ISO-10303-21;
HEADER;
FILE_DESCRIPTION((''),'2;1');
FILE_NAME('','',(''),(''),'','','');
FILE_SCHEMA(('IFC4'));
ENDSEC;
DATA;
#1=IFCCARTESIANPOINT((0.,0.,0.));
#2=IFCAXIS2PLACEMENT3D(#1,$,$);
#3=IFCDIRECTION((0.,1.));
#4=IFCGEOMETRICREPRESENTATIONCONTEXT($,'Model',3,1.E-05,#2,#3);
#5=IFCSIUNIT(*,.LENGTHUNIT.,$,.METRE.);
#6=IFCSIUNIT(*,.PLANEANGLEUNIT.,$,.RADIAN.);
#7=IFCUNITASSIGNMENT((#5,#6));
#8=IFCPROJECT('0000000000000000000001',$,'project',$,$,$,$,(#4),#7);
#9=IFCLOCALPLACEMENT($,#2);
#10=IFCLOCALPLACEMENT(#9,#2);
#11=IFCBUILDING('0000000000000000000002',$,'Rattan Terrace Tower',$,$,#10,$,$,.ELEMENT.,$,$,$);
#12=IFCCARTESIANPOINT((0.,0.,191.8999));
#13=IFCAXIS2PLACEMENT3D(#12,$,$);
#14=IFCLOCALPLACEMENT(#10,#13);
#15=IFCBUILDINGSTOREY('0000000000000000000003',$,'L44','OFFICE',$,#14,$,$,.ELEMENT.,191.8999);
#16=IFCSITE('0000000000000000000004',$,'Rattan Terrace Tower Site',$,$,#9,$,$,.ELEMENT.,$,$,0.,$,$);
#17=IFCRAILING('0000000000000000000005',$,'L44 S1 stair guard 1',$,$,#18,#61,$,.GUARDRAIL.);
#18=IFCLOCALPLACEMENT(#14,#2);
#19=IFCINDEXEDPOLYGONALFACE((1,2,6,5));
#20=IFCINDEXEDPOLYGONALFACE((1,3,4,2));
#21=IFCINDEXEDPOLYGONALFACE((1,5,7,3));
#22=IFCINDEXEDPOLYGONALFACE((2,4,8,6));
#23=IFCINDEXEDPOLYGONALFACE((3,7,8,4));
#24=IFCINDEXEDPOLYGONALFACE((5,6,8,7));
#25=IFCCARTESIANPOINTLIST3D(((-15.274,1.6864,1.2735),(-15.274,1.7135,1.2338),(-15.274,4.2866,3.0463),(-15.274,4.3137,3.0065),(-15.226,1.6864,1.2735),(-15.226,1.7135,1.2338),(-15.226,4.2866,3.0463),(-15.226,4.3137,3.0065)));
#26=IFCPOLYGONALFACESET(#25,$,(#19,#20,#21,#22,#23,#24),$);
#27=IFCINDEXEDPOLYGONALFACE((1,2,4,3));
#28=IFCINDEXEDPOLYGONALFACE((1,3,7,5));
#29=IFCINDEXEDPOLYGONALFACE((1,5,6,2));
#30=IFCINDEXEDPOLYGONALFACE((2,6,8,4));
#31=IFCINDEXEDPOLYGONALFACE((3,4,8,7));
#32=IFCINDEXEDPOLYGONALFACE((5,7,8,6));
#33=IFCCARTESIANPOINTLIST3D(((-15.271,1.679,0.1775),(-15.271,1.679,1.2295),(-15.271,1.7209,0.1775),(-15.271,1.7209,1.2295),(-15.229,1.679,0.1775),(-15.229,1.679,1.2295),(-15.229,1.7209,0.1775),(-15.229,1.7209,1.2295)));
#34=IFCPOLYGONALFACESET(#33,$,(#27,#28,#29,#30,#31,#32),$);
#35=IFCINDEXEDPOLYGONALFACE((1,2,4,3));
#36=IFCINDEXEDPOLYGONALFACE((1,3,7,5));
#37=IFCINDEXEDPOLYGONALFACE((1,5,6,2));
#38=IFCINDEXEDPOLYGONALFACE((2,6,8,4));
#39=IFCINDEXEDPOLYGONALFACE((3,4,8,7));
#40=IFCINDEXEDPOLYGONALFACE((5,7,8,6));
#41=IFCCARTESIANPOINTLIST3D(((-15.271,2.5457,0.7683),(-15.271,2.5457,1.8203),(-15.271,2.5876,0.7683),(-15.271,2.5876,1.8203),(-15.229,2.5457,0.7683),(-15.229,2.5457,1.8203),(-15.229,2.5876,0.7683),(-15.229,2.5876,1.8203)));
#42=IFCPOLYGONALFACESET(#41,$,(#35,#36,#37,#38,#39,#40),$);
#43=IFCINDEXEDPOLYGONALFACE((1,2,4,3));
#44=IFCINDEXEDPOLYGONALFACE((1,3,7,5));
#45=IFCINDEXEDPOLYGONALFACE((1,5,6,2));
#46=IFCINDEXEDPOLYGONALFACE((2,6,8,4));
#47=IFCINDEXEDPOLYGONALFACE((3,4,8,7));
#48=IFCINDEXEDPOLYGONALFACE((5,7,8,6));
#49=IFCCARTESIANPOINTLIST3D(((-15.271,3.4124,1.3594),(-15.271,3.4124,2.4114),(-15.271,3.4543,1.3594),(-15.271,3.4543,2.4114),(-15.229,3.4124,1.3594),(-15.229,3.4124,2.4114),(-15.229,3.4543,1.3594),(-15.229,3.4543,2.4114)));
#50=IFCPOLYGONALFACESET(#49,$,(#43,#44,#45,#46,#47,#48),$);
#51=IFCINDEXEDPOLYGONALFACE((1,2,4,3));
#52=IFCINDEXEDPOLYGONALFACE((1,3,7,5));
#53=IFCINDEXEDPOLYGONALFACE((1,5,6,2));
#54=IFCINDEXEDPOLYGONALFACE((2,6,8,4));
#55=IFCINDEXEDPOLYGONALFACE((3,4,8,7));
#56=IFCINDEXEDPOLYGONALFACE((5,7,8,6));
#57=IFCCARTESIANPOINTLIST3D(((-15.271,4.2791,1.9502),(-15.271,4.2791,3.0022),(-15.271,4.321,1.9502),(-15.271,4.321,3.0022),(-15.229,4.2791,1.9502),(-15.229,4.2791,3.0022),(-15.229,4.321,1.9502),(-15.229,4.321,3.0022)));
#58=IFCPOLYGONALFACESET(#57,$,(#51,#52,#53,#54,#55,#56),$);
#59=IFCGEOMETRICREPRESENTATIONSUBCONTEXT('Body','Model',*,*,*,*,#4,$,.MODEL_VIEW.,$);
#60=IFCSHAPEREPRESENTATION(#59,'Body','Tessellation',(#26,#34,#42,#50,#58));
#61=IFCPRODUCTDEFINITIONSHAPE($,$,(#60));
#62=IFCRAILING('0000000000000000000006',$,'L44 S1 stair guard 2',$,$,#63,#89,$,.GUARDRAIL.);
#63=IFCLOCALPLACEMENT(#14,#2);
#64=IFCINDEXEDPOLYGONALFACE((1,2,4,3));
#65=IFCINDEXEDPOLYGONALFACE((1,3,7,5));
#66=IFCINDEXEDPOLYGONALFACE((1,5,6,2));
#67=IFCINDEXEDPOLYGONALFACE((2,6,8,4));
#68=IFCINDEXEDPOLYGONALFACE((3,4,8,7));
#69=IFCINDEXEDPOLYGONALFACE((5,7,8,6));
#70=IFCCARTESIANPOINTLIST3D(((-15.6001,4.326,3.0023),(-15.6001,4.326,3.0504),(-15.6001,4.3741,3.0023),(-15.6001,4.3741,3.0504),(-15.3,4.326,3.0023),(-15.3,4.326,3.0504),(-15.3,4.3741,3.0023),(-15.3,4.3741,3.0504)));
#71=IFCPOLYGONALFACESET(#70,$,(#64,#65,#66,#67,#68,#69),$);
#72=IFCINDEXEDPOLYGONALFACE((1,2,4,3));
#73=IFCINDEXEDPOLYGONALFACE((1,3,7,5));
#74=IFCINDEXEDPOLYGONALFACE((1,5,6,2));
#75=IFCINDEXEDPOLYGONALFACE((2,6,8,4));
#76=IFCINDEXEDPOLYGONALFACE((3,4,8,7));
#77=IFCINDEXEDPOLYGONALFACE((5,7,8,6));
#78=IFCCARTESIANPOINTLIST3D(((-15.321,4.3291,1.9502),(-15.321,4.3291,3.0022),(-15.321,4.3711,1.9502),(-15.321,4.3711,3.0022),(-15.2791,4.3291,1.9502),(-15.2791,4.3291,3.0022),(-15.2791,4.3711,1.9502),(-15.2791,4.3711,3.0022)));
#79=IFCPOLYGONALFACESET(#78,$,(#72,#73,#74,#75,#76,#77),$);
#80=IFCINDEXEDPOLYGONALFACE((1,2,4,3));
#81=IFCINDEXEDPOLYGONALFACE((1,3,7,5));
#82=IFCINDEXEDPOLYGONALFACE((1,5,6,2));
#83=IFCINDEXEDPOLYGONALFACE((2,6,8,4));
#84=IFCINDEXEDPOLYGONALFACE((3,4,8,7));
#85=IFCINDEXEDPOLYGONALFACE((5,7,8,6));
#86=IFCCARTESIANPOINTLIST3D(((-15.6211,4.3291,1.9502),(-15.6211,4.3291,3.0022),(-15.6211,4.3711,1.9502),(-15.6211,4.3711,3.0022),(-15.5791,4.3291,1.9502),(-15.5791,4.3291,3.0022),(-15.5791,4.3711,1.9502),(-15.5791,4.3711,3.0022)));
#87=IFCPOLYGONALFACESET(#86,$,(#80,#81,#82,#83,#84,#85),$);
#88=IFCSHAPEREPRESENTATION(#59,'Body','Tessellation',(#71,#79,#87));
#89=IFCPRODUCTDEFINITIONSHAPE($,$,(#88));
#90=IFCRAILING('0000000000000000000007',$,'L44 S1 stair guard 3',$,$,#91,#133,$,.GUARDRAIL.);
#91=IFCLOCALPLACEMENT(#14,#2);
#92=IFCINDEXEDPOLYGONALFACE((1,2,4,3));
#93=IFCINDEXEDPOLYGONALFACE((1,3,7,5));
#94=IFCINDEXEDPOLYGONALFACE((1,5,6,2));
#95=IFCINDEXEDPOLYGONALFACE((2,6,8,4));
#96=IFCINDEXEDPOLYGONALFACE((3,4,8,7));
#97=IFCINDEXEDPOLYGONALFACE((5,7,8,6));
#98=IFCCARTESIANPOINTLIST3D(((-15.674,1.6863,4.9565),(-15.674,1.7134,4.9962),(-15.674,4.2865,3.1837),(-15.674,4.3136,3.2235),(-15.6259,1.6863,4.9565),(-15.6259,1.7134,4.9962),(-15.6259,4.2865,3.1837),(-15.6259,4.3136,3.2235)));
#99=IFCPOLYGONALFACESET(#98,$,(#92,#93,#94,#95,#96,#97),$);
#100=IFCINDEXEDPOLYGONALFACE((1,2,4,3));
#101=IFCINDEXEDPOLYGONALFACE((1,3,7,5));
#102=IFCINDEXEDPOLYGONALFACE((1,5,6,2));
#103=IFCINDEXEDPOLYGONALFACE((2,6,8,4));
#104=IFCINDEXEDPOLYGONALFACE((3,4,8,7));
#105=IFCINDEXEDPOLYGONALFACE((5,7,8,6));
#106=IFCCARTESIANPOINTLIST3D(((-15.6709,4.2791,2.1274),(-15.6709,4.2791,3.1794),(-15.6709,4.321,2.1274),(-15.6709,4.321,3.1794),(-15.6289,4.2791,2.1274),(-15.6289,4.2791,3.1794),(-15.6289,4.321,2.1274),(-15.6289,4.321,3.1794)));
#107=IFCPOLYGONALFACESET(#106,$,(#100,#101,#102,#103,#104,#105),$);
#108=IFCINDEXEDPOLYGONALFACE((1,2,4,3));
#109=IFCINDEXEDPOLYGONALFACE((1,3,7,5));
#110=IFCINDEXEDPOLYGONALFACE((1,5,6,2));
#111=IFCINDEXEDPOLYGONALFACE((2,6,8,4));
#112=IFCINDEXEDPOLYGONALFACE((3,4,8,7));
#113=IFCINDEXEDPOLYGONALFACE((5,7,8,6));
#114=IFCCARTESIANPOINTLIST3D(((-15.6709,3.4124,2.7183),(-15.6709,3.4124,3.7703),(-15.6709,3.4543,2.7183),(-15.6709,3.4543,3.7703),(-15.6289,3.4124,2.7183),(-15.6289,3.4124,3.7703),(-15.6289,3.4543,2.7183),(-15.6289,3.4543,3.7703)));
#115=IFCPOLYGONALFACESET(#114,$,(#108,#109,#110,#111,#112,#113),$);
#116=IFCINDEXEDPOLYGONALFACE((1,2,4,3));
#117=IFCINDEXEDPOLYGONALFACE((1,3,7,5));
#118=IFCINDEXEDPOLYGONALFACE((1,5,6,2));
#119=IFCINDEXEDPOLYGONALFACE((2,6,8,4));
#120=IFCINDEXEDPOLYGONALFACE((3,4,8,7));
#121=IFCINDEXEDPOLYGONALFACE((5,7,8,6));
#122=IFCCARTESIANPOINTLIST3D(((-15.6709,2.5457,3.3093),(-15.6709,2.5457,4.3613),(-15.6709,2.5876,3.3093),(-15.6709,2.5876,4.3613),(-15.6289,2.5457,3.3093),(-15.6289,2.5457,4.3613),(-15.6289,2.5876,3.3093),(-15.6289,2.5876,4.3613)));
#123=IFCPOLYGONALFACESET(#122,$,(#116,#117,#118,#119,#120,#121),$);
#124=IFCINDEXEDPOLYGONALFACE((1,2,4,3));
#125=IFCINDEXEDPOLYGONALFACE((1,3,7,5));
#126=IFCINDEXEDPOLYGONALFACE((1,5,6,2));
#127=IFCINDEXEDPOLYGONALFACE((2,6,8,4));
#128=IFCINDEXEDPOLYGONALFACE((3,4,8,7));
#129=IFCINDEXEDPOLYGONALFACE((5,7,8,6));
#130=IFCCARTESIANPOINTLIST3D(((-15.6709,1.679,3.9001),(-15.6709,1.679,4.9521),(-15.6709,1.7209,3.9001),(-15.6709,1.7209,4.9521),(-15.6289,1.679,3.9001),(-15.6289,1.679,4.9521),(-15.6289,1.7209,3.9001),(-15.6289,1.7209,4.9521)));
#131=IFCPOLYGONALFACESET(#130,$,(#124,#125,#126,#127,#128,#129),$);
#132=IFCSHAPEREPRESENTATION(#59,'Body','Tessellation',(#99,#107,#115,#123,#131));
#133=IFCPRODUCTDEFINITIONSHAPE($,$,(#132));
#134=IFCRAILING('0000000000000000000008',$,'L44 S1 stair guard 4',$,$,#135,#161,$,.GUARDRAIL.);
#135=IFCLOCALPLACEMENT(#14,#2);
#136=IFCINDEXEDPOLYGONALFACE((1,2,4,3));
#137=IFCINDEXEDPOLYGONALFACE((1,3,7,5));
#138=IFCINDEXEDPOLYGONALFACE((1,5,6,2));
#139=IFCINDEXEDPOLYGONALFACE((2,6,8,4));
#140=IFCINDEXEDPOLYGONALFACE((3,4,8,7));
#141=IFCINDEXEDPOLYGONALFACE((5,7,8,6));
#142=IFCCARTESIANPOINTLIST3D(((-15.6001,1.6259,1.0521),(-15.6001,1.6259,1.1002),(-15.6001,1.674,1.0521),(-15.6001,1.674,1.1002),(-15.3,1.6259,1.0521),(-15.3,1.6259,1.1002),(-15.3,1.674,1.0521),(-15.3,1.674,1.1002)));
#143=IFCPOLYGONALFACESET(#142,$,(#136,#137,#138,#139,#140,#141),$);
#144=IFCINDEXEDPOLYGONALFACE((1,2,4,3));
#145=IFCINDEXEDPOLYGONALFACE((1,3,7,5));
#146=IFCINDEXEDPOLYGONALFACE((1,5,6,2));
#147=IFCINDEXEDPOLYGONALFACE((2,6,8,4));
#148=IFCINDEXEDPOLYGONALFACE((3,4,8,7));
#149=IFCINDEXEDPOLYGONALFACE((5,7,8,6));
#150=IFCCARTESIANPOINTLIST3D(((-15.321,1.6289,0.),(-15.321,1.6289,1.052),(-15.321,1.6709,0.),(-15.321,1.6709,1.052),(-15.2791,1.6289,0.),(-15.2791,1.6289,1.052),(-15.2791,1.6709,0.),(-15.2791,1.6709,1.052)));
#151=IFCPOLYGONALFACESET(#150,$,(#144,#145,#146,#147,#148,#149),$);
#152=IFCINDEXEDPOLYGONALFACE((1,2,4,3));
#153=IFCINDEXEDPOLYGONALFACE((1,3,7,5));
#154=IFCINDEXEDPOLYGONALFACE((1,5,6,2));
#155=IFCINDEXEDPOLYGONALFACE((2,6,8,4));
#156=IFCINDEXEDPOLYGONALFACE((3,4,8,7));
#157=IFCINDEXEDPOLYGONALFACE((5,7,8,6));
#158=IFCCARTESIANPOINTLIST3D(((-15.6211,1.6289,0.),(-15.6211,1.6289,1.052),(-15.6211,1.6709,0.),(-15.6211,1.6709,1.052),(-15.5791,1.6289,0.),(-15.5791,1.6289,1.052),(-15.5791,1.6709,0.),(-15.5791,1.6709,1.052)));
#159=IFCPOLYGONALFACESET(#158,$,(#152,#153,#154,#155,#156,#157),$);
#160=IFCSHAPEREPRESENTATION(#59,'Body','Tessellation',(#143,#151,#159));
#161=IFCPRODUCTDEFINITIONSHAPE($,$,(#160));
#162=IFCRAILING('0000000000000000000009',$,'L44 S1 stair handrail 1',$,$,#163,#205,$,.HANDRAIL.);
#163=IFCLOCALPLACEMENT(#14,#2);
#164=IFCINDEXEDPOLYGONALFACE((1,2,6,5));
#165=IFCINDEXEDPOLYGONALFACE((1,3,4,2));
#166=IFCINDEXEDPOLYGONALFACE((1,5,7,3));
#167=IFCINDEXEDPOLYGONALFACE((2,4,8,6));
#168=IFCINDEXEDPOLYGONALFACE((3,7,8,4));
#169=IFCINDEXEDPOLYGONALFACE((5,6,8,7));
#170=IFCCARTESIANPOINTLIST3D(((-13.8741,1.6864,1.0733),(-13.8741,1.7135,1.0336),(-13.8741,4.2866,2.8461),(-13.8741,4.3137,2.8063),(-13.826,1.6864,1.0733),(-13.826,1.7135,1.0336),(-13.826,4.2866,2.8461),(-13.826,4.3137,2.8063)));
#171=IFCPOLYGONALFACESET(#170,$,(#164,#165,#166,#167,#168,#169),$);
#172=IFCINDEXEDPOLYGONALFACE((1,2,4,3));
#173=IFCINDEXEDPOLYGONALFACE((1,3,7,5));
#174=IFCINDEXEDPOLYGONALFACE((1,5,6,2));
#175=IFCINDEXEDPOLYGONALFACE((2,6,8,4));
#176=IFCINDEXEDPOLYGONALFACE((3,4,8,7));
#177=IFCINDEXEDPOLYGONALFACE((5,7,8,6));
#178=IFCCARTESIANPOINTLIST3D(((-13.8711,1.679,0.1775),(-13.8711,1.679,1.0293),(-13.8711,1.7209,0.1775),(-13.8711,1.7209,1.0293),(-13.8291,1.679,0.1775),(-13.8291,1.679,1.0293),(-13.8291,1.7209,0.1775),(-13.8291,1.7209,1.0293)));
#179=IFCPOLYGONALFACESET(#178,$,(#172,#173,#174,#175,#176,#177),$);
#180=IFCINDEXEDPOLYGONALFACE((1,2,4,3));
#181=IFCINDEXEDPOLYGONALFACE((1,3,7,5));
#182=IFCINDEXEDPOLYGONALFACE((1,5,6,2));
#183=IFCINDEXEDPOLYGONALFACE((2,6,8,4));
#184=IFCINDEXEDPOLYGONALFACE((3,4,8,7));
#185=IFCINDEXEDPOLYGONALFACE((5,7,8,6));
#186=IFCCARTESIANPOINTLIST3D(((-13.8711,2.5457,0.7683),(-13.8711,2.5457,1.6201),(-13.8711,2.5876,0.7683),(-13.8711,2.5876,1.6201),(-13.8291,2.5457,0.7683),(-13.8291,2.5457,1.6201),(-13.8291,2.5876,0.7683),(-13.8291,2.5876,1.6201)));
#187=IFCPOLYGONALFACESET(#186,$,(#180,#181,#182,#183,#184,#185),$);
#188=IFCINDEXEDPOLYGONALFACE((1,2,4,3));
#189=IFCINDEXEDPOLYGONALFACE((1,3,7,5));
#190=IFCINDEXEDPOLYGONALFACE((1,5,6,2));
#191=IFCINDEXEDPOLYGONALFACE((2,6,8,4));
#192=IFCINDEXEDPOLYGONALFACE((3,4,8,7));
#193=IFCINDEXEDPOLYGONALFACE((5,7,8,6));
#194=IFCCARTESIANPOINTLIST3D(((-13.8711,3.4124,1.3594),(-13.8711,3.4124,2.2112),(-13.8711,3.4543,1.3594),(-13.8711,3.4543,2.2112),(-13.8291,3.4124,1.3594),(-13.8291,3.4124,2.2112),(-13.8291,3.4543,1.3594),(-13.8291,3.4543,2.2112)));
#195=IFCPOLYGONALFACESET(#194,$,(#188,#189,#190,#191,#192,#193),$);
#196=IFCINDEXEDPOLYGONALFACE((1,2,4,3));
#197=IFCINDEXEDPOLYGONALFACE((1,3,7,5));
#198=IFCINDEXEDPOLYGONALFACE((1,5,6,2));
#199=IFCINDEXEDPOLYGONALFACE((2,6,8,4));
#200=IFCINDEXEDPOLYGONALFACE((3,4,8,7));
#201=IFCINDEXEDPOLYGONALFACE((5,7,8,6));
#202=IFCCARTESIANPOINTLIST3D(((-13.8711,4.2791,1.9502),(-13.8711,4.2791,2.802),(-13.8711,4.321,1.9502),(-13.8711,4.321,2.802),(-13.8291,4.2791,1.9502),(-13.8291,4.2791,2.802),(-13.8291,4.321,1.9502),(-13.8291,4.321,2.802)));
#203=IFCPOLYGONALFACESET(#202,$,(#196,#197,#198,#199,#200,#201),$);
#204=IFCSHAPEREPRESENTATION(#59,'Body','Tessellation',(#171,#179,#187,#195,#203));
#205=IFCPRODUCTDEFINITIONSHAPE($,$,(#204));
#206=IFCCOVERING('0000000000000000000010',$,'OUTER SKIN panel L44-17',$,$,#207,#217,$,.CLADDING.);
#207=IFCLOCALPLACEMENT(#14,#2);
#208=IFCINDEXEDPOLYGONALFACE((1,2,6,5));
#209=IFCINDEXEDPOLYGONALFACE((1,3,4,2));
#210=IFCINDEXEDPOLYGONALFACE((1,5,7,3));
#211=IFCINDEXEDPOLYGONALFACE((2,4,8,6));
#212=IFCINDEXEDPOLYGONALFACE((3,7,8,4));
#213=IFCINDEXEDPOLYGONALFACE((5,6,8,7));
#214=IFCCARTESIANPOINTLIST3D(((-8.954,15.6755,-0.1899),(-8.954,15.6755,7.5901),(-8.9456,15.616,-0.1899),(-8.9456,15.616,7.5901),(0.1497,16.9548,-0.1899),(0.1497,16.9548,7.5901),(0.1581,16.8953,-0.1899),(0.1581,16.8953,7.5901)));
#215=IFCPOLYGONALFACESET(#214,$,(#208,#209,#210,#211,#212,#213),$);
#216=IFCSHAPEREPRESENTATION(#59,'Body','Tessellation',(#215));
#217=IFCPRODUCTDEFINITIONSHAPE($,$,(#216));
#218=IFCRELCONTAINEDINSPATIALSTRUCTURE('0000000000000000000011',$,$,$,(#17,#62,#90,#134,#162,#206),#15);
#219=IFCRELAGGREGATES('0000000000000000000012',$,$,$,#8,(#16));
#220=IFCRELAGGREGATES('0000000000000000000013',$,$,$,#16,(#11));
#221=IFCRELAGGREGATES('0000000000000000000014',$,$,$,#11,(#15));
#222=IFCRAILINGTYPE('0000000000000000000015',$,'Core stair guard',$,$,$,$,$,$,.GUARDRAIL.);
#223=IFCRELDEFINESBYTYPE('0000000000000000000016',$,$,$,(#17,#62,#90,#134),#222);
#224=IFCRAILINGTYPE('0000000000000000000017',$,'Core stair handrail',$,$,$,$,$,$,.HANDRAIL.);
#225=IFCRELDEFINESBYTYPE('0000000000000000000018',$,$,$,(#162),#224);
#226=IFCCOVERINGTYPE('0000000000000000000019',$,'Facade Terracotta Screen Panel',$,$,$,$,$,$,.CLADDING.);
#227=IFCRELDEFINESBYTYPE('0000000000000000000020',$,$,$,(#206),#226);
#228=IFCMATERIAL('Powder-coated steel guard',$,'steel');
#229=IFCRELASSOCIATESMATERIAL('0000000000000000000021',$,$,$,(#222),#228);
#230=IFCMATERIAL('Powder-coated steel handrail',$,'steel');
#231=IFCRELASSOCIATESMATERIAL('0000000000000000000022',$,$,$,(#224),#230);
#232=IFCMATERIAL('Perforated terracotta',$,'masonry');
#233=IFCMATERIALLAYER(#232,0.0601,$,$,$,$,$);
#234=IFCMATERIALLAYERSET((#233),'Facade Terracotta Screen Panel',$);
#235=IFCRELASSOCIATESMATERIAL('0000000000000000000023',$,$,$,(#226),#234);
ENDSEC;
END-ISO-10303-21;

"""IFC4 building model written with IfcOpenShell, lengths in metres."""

from ifc_helpers import new_model, si_unit, direction, frame, origin, origin_2d, place, context, subcontext, project, spatial, rectangle, extrude, material, layer, layer_set, type_object, element, save


model = new_model("IFC4")

# Units and contexts
model_context = context("Model", 3, precision=1e-05, world=origin(), true_north=direction((0.0, 1.0)))
body_context = subcontext(model_context, "Body", "Model", "MODEL_VIEW")
ifc_project = project(units=[si_unit("LENGTHUNIT", "METRE"), si_unit("PLANEANGLEUNIT", "RADIAN")], contexts=[model_context])

# Site, building, storey
site_placement = place(None, origin())
site = spatial("IfcSite", under=ifc_project, at=site_placement, Name="Rattan Terrace Tower Site", CompositionType="ELEMENT", RefElevation=0.0)
building_placement = place(site_placement, origin())
building = spatial("IfcBuilding", under=site, at=building_placement, Name="Rattan Terrace Tower", CompositionType="ELEMENT")
storey_placement = place(building_placement, frame((0.0, 0.0, 191.8999)))
storey = spatial("IfcBuildingStorey", under=building, at=storey_placement, Name="L44", Description="OFFICE", CompositionType="ELEMENT", Elevation=191.8999)

# Railings
ifc_material_1 = material(Name="Powder-coated steel guard", Category="steel")
railing_type_1 = type_object("IfcRailingType", Name="Core stair guard", PredefinedType="GUARDRAIL", material=ifc_material_1)
railing_1_placement = place(storey_placement, frame((-15.25, 1.7, 0.1775)))
element("IfcRailing", 1, at=railing_1_placement, inside=storey, type_object=railing_type_1, Name="L44 S1 stair guard 1", PredefinedType="GUARDRAIL", context=body_context, shape_type="SweptSolid", body=[
    extrude(rectangle(XDim=0.0481, YDim=0.0481, at=origin_2d()), frame((0.0, 0.0, 1.0762), z_axis=(0.0, 0.82624, 0.563318), x_axis=(-1.0, 0.0, 0.0)), (0.0, 0.0, 1.0), 3.147),
    extrude(rectangle(XDim=0.042, YDim=0.042, at=origin_2d()), origin(), (0.0, 0.0, 1.0), 1.052),
    extrude(rectangle(XDim=0.042, YDim=0.042, at=origin_2d()), frame((0.0, 0.8667, 0.5908)), (0.0, 0.0, 1.0), 1.052),
    extrude(rectangle(XDim=0.042, YDim=0.042, at=origin_2d()), frame((0.0, 1.7334, 1.1819)), (0.0, 0.0, 1.0), 1.052),
    extrude(rectangle(XDim=0.042, YDim=0.042, at=origin_2d()), frame((0.0, 2.6001, 1.7727)), (0.0, 0.0, 1.0), 1.052),
])
railing_2_placement = place(storey_placement, frame((-15.3, 4.3501, 1.9502)))
element("IfcRailing", 2, at=railing_2_placement, inside=storey, type_object=railing_type_1, Name="L44 S1 stair guard 2", PredefinedType="GUARDRAIL", context=body_context, shape_type="SweptSolid", body=[
    extrude(rectangle(XDim=0.0481, YDim=0.0481, at=origin_2d()), frame((0.0, 0.0, 1.0762), z_axis=(-1.0, 0.0, 0.0), x_axis=(0.0, -1.0, 0.0)), (0.0, 0.0, 1.0), 0.3),
    extrude(rectangle(XDim=0.042, YDim=0.042, at=origin_2d()), origin(), (0.0, 0.0, 1.0), 1.052),
    extrude(rectangle(XDim=0.042, YDim=0.042, at=origin_2d()), frame((-0.3, 0.0, 0.0)), (0.0, 0.0, 1.0), 1.052),
])
railing_3_placement = place(storey_placement, frame((-15.6499, 4.3, 2.1274)))
element("IfcRailing", 3, at=railing_3_placement, inside=storey, type_object=railing_type_1, Name="L44 S1 stair guard 3", PredefinedType="GUARDRAIL", context=body_context, shape_type="SweptSolid", body=[
    extrude(rectangle(XDim=0.0481, YDim=0.0481, at=origin_2d()), frame((0.0, 0.0, 1.0762), z_axis=(0.0, -0.82624, 0.563318), x_axis=(1.0, 0.0, 0.0)), (0.0, 0.0, 1.0), 3.147),
    extrude(rectangle(XDim=0.042, YDim=0.042, at=origin_2d()), origin(), (0.0, 0.0, 1.0), 1.052),
    extrude(rectangle(XDim=0.042, YDim=0.042, at=origin_2d()), frame((0.0, -0.8667, 0.5908)), (0.0, 0.0, 1.0), 1.052),
    extrude(rectangle(XDim=0.042, YDim=0.042, at=origin_2d()), frame((0.0, -1.7334, 1.1819)), (0.0, 0.0, 1.0), 1.052),
    extrude(rectangle(XDim=0.042, YDim=0.042, at=origin_2d()), frame((0.0, -2.6001, 1.7727)), (0.0, 0.0, 1.0), 1.052),
])
railing_4_placement = place(storey_placement, frame((-15.3, 1.6499, 0.0)))
element("IfcRailing", 4, at=railing_4_placement, inside=storey, type_object=railing_type_1, Name="L44 S1 stair guard 4", PredefinedType="GUARDRAIL", context=body_context, shape_type="SweptSolid", body=[
    extrude(rectangle(XDim=0.0481, YDim=0.0481, at=origin_2d()), frame((0.0, 0.0, 1.0762), z_axis=(-1.0, 0.0, 0.0), x_axis=(0.0, -1.0, 0.0)), (0.0, 0.0, 1.0), 0.3),
    extrude(rectangle(XDim=0.042, YDim=0.042, at=origin_2d()), origin(), (0.0, 0.0, 1.0), 1.052),
    extrude(rectangle(XDim=0.042, YDim=0.042, at=origin_2d()), frame((-0.3, 0.0, 0.0)), (0.0, 0.0, 1.0), 1.052),
])
ifc_material_2 = material(Name="Powder-coated steel handrail", Category="steel")
railing_type_2 = type_object("IfcRailingType", Name="Core stair handrail", PredefinedType="HANDRAIL", material=ifc_material_2)
railing_5_placement = place(storey_placement, frame((-13.8501, 1.7, 0.1775)))
element("IfcRailing", 5, at=railing_5_placement, inside=storey, type_object=railing_type_2, Name="L44 S1 stair handrail 1", PredefinedType="HANDRAIL", context=body_context, shape_type="SweptSolid", body=[
    extrude(rectangle(XDim=0.0481, YDim=0.0481, at=origin_2d()), frame((0.0, 0.0, 0.876), z_axis=(0.0, 0.82624, 0.563318), x_axis=(-1.0, 0.0, 0.0)), (0.0, 0.0, 1.0), 3.147),
    extrude(rectangle(XDim=0.042, YDim=0.042, at=origin_2d()), origin(), (0.0, 0.0, 1.0), 0.8518),
    extrude(rectangle(XDim=0.042, YDim=0.042, at=origin_2d()), frame((0.0, 0.8667, 0.5908)), (0.0, 0.0, 1.0), 0.8518),
    extrude(rectangle(XDim=0.042, YDim=0.042, at=origin_2d()), frame((0.0, 1.7334, 1.1819)), (0.0, 0.0, 1.0), 0.8518),
    extrude(rectangle(XDim=0.042, YDim=0.042, at=origin_2d()), frame((0.0, 2.6001, 1.7727)), (0.0, 0.0, 1.0), 0.8518),
])

# Covering
ifc_material_3 = material(Name="Perforated terracotta", Category="masonry")
ifc_layer_1 = layer(ifc_material_3, 0.0601)
ifc_layer_set_1 = layer_set([ifc_layer_1], Name="Facade Terracotta Screen Panel")
covering_type = type_object("IfcCoveringType", Name="Facade Terracotta Screen Panel", PredefinedType="CLADDING", material=ifc_layer_set_1)
for number, where, z_axis, x_axis, name in (
    (6, (-4.3979, 16.2854, -0.1899), (0.0, 0.0, 1.0), (-0.99027, -0.139161, 0.0), "OUTER SKIN panel L44-17"),
):
    element("IfcCovering", number, at=place(storey_placement, frame(where, z_axis=z_axis, x_axis=x_axis)), inside=storey, type_object=covering_type, Name=name, PredefinedType="CLADDING", context=body_context, shape_type="SweptSolid", body=[
        extrude(rectangle(XDim=9.1931, YDim=0.0601, at=origin_2d()), origin(), (0.0, 0.0, 1.0), 7.78),
    ])

save(model, "model.ifc")
